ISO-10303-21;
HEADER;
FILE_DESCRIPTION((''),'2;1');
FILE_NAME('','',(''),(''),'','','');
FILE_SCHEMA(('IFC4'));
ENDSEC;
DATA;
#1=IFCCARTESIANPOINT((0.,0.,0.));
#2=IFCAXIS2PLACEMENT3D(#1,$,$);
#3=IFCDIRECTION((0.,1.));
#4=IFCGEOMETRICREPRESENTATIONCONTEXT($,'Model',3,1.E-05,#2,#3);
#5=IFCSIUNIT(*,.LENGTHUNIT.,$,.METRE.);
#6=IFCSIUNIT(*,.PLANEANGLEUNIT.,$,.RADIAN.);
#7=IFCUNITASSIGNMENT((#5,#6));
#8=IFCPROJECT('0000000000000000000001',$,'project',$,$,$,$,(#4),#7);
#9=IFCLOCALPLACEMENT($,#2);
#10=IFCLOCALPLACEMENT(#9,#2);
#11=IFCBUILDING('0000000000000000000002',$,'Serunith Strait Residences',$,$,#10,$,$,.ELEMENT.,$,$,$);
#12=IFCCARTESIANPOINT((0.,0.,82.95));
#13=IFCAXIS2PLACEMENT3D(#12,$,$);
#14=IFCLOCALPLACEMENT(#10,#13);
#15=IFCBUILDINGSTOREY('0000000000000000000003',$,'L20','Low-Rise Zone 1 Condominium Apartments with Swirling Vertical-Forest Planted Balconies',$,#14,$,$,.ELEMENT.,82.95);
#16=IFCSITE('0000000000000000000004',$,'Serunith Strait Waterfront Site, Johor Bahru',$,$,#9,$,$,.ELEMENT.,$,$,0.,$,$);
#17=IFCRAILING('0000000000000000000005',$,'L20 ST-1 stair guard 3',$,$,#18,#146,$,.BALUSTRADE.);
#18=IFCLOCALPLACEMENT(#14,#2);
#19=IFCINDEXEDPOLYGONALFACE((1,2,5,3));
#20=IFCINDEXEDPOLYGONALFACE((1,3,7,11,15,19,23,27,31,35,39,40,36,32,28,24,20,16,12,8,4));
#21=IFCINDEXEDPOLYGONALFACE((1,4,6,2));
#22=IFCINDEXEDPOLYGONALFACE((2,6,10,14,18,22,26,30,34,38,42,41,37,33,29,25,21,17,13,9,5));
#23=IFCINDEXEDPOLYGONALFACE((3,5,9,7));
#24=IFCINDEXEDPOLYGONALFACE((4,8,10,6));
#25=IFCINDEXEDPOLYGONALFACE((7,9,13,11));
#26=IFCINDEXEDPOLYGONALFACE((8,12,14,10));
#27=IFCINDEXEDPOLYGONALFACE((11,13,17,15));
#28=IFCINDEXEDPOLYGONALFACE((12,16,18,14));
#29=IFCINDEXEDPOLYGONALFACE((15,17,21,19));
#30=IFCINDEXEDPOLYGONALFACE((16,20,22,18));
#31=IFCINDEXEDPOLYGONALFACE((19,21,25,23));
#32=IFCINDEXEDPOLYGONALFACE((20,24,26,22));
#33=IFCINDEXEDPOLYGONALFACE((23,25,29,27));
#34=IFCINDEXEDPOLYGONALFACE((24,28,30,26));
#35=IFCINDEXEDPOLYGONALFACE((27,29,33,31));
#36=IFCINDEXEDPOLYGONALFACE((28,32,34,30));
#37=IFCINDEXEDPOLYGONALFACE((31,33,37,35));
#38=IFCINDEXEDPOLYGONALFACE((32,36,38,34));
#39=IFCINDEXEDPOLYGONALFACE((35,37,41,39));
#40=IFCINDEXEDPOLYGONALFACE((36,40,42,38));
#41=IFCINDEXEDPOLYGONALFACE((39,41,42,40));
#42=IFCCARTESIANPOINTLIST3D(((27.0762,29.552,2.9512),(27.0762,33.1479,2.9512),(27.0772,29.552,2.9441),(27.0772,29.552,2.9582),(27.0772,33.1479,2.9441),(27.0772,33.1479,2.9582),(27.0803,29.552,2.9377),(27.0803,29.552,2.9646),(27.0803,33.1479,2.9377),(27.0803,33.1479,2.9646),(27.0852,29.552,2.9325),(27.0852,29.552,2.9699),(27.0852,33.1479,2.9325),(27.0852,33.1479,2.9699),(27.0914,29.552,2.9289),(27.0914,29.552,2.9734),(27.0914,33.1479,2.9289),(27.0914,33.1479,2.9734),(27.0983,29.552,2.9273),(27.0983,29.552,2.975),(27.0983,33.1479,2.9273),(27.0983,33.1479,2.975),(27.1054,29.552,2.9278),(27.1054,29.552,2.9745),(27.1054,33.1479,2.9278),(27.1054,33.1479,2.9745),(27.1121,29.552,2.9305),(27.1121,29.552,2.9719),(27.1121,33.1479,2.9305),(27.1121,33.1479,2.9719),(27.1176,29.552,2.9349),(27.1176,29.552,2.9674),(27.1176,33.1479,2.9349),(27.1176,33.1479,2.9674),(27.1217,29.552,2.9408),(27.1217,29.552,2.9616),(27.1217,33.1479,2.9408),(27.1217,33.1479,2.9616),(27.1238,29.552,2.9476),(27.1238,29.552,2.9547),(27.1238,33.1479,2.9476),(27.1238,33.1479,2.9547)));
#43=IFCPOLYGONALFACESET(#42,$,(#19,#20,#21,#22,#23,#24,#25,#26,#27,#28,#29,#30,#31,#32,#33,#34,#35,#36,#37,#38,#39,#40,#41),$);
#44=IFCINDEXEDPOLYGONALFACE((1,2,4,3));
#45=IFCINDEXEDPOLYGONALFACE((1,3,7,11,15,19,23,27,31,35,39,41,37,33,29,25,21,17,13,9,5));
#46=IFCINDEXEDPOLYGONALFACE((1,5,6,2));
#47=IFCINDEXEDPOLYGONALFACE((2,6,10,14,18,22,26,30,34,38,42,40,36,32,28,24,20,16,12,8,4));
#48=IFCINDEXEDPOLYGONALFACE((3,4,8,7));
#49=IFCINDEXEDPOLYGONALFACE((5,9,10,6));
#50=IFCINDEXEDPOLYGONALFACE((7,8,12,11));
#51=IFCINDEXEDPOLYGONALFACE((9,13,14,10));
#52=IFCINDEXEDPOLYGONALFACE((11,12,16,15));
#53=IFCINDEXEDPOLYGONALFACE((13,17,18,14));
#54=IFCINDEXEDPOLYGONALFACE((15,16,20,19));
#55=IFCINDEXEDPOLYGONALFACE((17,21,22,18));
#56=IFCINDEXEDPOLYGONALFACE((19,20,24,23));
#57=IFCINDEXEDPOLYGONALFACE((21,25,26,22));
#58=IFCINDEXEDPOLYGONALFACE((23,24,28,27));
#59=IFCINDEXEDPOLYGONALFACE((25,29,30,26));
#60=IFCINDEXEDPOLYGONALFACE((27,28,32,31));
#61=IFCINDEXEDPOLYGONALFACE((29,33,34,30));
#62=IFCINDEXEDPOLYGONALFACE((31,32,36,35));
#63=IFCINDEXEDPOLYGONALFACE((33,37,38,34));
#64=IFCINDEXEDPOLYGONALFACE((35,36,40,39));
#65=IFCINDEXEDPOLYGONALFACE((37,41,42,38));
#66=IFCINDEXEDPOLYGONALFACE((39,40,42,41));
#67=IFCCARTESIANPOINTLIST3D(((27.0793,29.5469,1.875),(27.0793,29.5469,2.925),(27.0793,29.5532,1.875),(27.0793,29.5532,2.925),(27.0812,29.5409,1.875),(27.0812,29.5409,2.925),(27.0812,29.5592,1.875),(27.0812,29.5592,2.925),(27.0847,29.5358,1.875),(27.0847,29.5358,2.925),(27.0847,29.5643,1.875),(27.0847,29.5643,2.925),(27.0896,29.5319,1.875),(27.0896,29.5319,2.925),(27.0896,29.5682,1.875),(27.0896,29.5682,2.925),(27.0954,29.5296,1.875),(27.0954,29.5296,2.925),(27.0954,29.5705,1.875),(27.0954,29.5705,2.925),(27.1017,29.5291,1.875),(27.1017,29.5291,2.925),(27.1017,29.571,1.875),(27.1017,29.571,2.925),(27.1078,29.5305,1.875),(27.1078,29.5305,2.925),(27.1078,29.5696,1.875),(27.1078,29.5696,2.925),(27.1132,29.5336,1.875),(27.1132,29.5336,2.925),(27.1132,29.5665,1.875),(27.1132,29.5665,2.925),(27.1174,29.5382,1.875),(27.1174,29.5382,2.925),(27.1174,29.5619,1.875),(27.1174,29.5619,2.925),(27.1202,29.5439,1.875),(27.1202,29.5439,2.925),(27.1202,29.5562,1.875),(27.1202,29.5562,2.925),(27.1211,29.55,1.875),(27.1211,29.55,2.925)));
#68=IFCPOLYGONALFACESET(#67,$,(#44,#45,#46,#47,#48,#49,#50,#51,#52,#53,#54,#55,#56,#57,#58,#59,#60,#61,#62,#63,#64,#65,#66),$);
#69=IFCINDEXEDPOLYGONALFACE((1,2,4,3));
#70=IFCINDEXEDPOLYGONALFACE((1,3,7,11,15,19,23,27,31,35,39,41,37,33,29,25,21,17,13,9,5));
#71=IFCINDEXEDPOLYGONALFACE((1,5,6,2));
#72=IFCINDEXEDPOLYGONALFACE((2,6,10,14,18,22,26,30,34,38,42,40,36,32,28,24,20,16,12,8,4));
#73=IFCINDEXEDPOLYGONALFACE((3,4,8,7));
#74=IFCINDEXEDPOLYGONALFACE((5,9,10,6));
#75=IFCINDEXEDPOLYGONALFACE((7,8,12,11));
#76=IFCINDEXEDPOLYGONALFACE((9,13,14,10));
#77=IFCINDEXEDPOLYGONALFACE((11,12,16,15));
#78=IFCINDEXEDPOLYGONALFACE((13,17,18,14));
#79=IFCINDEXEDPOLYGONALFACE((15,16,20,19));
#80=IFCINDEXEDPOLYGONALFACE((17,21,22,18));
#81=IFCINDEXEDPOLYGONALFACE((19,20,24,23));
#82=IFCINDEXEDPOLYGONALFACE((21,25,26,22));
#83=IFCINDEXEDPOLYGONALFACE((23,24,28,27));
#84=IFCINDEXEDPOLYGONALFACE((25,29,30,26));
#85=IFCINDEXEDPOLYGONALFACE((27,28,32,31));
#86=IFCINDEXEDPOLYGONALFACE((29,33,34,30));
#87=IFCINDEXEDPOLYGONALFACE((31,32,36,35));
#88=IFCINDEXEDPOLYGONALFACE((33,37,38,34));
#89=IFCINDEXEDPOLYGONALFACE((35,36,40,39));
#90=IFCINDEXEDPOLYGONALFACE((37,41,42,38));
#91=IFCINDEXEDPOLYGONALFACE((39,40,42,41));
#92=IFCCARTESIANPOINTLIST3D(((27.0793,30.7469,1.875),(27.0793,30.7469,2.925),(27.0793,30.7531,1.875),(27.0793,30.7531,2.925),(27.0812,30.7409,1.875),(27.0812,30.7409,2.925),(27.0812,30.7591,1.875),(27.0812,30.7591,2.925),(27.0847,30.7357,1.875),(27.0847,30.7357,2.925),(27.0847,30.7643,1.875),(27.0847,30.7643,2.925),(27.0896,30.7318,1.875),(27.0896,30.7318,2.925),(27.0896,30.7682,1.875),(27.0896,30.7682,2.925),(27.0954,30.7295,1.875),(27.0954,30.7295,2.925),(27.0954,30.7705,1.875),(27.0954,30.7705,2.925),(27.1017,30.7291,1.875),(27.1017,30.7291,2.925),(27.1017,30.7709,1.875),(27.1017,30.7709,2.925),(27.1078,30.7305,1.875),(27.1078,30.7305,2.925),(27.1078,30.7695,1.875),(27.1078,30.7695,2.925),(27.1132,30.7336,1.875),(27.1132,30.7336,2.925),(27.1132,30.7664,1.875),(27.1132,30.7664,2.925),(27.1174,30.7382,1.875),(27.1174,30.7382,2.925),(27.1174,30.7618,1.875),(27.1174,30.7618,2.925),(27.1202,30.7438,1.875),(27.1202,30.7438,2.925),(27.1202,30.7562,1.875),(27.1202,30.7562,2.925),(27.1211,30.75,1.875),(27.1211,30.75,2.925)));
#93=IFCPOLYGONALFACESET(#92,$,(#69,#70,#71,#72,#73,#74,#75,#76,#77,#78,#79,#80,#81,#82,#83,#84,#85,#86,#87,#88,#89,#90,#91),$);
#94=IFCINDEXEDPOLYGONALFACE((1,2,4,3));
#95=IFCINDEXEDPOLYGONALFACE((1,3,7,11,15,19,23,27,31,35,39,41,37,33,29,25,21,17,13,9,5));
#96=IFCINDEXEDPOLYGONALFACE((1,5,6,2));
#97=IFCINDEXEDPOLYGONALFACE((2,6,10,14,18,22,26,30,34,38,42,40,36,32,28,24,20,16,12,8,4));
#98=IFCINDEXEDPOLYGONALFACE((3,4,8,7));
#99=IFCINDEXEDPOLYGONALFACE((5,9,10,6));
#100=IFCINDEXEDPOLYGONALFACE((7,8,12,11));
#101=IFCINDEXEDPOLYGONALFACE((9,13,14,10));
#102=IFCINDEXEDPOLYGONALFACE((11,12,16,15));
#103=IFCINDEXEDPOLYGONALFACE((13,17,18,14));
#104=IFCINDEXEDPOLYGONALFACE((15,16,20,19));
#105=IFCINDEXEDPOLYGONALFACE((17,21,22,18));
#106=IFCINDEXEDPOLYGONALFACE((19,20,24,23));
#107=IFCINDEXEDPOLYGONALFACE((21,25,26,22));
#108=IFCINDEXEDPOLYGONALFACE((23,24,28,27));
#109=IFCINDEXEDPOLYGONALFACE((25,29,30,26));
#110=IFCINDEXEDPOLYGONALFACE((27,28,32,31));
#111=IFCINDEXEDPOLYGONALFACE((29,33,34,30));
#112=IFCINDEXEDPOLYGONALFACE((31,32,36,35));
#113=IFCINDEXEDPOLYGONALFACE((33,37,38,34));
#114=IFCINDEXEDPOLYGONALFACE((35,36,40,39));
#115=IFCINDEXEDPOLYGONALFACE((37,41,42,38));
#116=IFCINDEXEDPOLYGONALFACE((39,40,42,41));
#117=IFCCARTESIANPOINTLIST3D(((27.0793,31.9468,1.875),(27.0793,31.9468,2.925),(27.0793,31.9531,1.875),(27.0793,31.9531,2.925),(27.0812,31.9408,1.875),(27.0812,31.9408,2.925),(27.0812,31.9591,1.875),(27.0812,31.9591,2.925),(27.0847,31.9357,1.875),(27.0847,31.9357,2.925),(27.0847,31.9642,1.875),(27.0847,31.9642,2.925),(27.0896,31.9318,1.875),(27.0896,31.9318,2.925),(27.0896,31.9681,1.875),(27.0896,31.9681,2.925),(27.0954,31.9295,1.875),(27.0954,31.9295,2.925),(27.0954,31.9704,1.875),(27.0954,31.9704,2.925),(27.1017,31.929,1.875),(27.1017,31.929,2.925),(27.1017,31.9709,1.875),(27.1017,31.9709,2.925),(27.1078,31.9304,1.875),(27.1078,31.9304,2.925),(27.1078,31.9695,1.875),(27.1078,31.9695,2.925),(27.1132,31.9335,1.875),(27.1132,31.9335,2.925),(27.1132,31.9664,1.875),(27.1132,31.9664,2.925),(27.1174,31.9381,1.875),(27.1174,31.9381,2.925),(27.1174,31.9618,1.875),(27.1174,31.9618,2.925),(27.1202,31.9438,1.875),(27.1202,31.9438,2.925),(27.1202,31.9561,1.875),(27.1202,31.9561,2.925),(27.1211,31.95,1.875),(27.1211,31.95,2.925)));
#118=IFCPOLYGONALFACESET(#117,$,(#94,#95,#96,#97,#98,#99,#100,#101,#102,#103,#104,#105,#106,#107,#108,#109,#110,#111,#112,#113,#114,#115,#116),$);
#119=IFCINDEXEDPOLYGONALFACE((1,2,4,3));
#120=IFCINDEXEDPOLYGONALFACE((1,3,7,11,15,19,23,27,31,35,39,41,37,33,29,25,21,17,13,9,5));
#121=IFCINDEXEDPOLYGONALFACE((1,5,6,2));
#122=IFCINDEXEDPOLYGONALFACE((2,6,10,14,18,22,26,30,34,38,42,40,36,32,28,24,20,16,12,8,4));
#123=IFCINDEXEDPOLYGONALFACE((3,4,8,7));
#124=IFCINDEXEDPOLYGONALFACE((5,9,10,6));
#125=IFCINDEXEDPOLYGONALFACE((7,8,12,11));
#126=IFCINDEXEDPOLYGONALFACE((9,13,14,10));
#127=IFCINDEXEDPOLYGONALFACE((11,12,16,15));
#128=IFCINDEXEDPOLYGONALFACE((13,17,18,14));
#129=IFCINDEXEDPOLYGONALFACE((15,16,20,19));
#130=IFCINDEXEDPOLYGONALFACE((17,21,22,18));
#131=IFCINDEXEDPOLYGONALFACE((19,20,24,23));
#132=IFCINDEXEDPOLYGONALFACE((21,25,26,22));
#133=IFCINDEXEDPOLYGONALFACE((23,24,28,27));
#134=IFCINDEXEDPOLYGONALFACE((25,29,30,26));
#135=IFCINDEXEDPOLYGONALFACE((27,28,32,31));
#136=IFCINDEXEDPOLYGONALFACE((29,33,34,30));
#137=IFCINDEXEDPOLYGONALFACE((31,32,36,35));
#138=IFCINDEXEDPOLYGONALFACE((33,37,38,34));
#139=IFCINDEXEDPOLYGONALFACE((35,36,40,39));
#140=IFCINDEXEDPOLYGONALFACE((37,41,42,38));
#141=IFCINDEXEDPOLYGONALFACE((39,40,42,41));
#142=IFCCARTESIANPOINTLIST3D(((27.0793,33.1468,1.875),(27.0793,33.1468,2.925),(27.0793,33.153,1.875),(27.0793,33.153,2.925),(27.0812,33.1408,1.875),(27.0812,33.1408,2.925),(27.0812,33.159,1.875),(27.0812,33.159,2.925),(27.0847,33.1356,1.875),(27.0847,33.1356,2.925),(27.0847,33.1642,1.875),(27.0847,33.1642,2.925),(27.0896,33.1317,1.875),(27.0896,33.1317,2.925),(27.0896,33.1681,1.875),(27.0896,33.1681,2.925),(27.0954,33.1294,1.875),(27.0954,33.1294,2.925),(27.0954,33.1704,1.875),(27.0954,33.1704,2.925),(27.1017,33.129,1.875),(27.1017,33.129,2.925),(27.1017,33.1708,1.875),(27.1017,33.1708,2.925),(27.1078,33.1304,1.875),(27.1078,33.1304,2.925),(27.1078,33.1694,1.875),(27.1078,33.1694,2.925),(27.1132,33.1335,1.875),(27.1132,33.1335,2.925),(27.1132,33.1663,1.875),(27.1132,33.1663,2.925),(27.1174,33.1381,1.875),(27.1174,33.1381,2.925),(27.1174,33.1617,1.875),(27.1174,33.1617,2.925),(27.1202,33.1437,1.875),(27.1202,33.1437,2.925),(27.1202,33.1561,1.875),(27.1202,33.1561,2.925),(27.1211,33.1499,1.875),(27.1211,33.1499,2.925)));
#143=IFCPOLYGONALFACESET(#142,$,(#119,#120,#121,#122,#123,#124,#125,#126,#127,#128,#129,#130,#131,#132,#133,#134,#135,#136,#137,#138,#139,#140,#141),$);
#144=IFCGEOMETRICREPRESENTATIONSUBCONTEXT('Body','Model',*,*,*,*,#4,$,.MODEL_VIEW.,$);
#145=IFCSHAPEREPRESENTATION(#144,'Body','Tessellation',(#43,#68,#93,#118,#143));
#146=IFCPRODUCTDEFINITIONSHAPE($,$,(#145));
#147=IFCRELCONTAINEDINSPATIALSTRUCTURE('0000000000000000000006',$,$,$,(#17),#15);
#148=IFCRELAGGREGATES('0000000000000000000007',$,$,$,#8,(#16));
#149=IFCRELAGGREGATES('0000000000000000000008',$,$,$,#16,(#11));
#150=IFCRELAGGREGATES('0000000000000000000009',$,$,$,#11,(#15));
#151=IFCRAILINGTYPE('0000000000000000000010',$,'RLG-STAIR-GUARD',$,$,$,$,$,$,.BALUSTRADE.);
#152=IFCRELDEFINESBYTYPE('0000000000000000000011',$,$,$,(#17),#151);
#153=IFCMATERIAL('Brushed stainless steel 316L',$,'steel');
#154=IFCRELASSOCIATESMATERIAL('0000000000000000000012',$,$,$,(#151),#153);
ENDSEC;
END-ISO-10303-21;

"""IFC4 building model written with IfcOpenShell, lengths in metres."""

from ifc_helpers import new_model, si_unit, direction, frame, origin, origin_2d, place, context, subcontext, project, spatial, circle, extrude, material, type_object, element, save


model = new_model("IFC4")

# Units and contexts
model_context = context("Model", 3, precision=1e-05, world=origin(), true_north=direction((0.0, 1.0)))
body_context = subcontext(model_context, "Body", "Model", "MODEL_VIEW")
ifc_project = project(units=[si_unit("LENGTHUNIT", "METRE"), si_unit("PLANEANGLEUNIT", "RADIAN")], contexts=[model_context])

# Site, building, storey
site_placement = place(None, origin())
site = spatial("IfcSite", under=ifc_project, at=site_placement, Name="Serunith Strait Waterfront Site, Johor Bahru", CompositionType="ELEMENT", RefElevation=0.0)
building_placement = place(site_placement, origin())
building = spatial("IfcBuilding", under=site, at=building_placement, Name="Serunith Strait Residences", CompositionType="ELEMENT")
storey_placement = place(building_placement, frame((0.0, 0.0, 82.95)))
storey = spatial("IfcBuildingStorey", under=building, at=storey_placement, Name="L20", Description="Low-Rise Zone 1 Condominium Apartments with Swirling Vertical-Forest Planted Balconies", CompositionType="ELEMENT", Elevation=82.95)

# Railing
ifc_material_1 = material(Name="Brushed stainless steel 316L", Category="steel")
railing_type_1 = type_object("IfcRailingType", Name="RLG-STAIR-GUARD", PredefinedType="BALUSTRADE", material=ifc_material_1)
for number, where, name in (
    (1, (27.1001, 29.55, 1.875), "L20 ST-1 stair guard 3"),
):
    element("IfcRailing", number, at=place(storey_placement, frame(where)), inside=storey, type_object=railing_type_1, Name=name, PredefinedType="BALUSTRADE", context=body_context, shape_type="SweptSolid", body=[
        extrude(circle(Radius=0.0239, at=origin_2d()), frame((0.0, 0.002, 1.0762), z_axis=(0.0, 1.0, 0.0), x_axis=(-1.0, 0.0, 0.0)), (0.0, 0.0, 1.0), 3.5959),
        extrude(circle(Radius=0.021, at=origin_2d()), origin(), (0.0, 0.0, 1.0), 1.05),
        extrude(circle(Radius=0.021, at=origin_2d()), frame((0.0, 1.2, 0.0)), (0.0, 0.0, 1.0), 1.05),
        extrude(circle(Radius=0.021, at=origin_2d()), frame((0.0, 2.3999, 0.0)), (0.0, 0.0, 1.0), 1.05),
        extrude(circle(Radius=0.021, at=origin_2d()), frame((0.0, 3.5999, 0.0)), (0.0, 0.0, 1.0), 1.05),
    ])

save(model, "model.ifc")
